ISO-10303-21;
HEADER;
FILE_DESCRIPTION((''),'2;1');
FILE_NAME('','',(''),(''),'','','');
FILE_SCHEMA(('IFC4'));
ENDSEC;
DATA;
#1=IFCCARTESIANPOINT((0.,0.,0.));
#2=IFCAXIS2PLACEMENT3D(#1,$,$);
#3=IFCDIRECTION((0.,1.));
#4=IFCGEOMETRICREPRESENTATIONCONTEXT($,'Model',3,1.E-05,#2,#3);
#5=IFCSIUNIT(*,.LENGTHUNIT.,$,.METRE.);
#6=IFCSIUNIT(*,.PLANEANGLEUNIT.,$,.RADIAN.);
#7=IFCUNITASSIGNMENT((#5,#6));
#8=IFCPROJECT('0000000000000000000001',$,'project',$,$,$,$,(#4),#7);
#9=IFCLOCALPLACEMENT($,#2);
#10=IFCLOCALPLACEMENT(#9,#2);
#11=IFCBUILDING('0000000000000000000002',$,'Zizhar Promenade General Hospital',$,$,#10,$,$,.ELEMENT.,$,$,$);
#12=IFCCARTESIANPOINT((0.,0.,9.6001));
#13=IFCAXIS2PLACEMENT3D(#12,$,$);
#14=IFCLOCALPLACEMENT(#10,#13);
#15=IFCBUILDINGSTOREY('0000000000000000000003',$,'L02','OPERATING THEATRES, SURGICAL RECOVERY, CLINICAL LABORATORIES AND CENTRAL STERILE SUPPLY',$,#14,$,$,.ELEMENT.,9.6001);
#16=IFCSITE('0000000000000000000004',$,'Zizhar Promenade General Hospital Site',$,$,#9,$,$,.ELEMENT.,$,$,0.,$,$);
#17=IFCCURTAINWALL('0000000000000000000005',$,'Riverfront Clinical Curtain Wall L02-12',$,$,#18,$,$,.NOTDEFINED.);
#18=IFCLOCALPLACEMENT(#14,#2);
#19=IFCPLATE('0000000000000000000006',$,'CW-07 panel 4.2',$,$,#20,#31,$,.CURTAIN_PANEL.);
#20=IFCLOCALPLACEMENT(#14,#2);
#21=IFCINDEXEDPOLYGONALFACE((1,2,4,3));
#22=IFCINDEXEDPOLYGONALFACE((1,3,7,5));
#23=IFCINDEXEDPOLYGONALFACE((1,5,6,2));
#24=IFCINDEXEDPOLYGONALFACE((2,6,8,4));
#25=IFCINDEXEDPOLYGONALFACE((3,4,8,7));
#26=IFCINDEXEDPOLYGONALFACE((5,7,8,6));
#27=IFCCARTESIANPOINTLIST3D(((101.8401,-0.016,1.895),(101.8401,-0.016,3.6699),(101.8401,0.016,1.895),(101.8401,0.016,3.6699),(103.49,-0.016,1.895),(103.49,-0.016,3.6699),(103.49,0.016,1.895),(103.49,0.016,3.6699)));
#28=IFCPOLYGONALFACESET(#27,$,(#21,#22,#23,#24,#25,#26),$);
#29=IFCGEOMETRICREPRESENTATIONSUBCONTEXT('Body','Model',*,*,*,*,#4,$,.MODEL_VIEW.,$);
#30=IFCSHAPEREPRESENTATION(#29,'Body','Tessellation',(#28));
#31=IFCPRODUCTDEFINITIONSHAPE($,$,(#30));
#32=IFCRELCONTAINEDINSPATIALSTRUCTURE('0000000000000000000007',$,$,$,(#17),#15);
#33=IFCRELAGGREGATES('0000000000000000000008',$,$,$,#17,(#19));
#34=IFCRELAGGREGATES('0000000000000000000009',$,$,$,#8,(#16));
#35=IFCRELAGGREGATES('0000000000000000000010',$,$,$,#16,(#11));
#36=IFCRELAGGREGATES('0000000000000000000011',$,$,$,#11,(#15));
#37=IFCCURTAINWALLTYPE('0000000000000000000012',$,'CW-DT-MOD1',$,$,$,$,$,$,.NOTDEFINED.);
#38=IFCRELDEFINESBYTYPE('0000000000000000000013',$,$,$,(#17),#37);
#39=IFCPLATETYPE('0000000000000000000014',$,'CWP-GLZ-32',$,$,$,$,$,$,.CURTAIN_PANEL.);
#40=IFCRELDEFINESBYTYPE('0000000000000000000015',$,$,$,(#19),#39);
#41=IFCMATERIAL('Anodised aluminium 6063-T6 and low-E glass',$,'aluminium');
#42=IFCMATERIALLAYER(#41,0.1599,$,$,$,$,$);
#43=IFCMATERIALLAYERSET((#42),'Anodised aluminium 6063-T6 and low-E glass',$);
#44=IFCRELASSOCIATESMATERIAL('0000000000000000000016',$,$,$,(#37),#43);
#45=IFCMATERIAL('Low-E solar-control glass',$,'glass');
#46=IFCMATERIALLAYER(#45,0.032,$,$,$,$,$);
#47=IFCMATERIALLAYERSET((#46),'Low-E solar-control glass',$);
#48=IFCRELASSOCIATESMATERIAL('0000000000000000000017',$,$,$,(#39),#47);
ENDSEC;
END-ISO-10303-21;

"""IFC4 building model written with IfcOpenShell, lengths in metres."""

from ifc_helpers import new_model, si_unit, direction, frame, origin, origin_2d, place, context, subcontext, project, spatial, rectangle, extrude, material, layer, layer_set, type_object, element, aggregate, save


model = new_model("IFC4")

# Units and contexts
model_context = context("Model", 3, precision=1e-05, world=origin(), true_north=direction((0.0, 1.0)))
body_context = subcontext(model_context, "Body", "Model", "MODEL_VIEW")
ifc_project = project(units=[si_unit("LENGTHUNIT", "METRE"), si_unit("PLANEANGLEUNIT", "RADIAN")], contexts=[model_context])

# Site, building, storey
site_placement = place(None, origin())
site = spatial("IfcSite", under=ifc_project, at=site_placement, Name="Zizhar Promenade General Hospital Site", CompositionType="ELEMENT", RefElevation=0.0)
building_placement = place(site_placement, origin())
building = spatial("IfcBuilding", under=site, at=building_placement, Name="Zizhar Promenade General Hospital", CompositionType="ELEMENT")
storey_placement = place(building_placement, frame((0.0, 0.0, 9.6001)))
storey = spatial("IfcBuildingStorey", under=building, at=storey_placement, Name="L02", Description="OPERATING THEATRES, SURGICAL RECOVERY, CLINICAL LABORATORIES AND CENTRAL STERILE SUPPLY", CompositionType="ELEMENT", Elevation=9.6001)

# Curtain wall, plate
ifc_material_1 = material(Name="Anodised aluminium 6063-T6 and low-E glass", Category="aluminium")
ifc_layer_1 = layer(ifc_material_1, 0.1599)
ifc_layer_set_1 = layer_set([ifc_layer_1], Name="Anodised aluminium 6063-T6 and low-E glass")
curtain_wall_type = type_object("IfcCurtainWallType", Name="CW-DT-MOD1", PredefinedType="NOTDEFINED", material=ifc_layer_set_1)
curtain_wall_placement = place(storey_placement, origin())
curtain_wall = element("IfcCurtainWall", 1, at=curtain_wall_placement, inside=storey, type_object=curtain_wall_type, Name="Riverfront Clinical Curtain Wall L02-12", PredefinedType="NOTDEFINED")
ifc_material_2 = material(Name="Low-E solar-control glass", Category="glass")
ifc_layer_2 = layer(ifc_material_2, 0.032)
ifc_layer_set_2 = layer_set([ifc_layer_2], Name="Low-E solar-control glass")
plate_type = type_object("IfcPlateType", Name="CWP-GLZ-32", PredefinedType="CURTAIN_PANEL", material=ifc_layer_set_2)
plate_1_placement = place(storey_placement, frame((102.665, 0.0, 1.895), z_axis=(0.0, 0.0, 1.0), x_axis=(-1.0, 0.0, 0.0)))
plate_1 = element("IfcPlate", 2, at=plate_1_placement, type_object=plate_type, Name="CW-07 panel 4.2", PredefinedType="CURTAIN_PANEL", context=body_context, shape_type="SweptSolid", body=[
    extrude(rectangle(XDim=1.6499, YDim=0.032, at=origin_2d()), origin(), (0.0, 0.0, 1.0), 1.7749),
])
aggregate(curtain_wall, [plate_1])

save(model, "model.ifc")
